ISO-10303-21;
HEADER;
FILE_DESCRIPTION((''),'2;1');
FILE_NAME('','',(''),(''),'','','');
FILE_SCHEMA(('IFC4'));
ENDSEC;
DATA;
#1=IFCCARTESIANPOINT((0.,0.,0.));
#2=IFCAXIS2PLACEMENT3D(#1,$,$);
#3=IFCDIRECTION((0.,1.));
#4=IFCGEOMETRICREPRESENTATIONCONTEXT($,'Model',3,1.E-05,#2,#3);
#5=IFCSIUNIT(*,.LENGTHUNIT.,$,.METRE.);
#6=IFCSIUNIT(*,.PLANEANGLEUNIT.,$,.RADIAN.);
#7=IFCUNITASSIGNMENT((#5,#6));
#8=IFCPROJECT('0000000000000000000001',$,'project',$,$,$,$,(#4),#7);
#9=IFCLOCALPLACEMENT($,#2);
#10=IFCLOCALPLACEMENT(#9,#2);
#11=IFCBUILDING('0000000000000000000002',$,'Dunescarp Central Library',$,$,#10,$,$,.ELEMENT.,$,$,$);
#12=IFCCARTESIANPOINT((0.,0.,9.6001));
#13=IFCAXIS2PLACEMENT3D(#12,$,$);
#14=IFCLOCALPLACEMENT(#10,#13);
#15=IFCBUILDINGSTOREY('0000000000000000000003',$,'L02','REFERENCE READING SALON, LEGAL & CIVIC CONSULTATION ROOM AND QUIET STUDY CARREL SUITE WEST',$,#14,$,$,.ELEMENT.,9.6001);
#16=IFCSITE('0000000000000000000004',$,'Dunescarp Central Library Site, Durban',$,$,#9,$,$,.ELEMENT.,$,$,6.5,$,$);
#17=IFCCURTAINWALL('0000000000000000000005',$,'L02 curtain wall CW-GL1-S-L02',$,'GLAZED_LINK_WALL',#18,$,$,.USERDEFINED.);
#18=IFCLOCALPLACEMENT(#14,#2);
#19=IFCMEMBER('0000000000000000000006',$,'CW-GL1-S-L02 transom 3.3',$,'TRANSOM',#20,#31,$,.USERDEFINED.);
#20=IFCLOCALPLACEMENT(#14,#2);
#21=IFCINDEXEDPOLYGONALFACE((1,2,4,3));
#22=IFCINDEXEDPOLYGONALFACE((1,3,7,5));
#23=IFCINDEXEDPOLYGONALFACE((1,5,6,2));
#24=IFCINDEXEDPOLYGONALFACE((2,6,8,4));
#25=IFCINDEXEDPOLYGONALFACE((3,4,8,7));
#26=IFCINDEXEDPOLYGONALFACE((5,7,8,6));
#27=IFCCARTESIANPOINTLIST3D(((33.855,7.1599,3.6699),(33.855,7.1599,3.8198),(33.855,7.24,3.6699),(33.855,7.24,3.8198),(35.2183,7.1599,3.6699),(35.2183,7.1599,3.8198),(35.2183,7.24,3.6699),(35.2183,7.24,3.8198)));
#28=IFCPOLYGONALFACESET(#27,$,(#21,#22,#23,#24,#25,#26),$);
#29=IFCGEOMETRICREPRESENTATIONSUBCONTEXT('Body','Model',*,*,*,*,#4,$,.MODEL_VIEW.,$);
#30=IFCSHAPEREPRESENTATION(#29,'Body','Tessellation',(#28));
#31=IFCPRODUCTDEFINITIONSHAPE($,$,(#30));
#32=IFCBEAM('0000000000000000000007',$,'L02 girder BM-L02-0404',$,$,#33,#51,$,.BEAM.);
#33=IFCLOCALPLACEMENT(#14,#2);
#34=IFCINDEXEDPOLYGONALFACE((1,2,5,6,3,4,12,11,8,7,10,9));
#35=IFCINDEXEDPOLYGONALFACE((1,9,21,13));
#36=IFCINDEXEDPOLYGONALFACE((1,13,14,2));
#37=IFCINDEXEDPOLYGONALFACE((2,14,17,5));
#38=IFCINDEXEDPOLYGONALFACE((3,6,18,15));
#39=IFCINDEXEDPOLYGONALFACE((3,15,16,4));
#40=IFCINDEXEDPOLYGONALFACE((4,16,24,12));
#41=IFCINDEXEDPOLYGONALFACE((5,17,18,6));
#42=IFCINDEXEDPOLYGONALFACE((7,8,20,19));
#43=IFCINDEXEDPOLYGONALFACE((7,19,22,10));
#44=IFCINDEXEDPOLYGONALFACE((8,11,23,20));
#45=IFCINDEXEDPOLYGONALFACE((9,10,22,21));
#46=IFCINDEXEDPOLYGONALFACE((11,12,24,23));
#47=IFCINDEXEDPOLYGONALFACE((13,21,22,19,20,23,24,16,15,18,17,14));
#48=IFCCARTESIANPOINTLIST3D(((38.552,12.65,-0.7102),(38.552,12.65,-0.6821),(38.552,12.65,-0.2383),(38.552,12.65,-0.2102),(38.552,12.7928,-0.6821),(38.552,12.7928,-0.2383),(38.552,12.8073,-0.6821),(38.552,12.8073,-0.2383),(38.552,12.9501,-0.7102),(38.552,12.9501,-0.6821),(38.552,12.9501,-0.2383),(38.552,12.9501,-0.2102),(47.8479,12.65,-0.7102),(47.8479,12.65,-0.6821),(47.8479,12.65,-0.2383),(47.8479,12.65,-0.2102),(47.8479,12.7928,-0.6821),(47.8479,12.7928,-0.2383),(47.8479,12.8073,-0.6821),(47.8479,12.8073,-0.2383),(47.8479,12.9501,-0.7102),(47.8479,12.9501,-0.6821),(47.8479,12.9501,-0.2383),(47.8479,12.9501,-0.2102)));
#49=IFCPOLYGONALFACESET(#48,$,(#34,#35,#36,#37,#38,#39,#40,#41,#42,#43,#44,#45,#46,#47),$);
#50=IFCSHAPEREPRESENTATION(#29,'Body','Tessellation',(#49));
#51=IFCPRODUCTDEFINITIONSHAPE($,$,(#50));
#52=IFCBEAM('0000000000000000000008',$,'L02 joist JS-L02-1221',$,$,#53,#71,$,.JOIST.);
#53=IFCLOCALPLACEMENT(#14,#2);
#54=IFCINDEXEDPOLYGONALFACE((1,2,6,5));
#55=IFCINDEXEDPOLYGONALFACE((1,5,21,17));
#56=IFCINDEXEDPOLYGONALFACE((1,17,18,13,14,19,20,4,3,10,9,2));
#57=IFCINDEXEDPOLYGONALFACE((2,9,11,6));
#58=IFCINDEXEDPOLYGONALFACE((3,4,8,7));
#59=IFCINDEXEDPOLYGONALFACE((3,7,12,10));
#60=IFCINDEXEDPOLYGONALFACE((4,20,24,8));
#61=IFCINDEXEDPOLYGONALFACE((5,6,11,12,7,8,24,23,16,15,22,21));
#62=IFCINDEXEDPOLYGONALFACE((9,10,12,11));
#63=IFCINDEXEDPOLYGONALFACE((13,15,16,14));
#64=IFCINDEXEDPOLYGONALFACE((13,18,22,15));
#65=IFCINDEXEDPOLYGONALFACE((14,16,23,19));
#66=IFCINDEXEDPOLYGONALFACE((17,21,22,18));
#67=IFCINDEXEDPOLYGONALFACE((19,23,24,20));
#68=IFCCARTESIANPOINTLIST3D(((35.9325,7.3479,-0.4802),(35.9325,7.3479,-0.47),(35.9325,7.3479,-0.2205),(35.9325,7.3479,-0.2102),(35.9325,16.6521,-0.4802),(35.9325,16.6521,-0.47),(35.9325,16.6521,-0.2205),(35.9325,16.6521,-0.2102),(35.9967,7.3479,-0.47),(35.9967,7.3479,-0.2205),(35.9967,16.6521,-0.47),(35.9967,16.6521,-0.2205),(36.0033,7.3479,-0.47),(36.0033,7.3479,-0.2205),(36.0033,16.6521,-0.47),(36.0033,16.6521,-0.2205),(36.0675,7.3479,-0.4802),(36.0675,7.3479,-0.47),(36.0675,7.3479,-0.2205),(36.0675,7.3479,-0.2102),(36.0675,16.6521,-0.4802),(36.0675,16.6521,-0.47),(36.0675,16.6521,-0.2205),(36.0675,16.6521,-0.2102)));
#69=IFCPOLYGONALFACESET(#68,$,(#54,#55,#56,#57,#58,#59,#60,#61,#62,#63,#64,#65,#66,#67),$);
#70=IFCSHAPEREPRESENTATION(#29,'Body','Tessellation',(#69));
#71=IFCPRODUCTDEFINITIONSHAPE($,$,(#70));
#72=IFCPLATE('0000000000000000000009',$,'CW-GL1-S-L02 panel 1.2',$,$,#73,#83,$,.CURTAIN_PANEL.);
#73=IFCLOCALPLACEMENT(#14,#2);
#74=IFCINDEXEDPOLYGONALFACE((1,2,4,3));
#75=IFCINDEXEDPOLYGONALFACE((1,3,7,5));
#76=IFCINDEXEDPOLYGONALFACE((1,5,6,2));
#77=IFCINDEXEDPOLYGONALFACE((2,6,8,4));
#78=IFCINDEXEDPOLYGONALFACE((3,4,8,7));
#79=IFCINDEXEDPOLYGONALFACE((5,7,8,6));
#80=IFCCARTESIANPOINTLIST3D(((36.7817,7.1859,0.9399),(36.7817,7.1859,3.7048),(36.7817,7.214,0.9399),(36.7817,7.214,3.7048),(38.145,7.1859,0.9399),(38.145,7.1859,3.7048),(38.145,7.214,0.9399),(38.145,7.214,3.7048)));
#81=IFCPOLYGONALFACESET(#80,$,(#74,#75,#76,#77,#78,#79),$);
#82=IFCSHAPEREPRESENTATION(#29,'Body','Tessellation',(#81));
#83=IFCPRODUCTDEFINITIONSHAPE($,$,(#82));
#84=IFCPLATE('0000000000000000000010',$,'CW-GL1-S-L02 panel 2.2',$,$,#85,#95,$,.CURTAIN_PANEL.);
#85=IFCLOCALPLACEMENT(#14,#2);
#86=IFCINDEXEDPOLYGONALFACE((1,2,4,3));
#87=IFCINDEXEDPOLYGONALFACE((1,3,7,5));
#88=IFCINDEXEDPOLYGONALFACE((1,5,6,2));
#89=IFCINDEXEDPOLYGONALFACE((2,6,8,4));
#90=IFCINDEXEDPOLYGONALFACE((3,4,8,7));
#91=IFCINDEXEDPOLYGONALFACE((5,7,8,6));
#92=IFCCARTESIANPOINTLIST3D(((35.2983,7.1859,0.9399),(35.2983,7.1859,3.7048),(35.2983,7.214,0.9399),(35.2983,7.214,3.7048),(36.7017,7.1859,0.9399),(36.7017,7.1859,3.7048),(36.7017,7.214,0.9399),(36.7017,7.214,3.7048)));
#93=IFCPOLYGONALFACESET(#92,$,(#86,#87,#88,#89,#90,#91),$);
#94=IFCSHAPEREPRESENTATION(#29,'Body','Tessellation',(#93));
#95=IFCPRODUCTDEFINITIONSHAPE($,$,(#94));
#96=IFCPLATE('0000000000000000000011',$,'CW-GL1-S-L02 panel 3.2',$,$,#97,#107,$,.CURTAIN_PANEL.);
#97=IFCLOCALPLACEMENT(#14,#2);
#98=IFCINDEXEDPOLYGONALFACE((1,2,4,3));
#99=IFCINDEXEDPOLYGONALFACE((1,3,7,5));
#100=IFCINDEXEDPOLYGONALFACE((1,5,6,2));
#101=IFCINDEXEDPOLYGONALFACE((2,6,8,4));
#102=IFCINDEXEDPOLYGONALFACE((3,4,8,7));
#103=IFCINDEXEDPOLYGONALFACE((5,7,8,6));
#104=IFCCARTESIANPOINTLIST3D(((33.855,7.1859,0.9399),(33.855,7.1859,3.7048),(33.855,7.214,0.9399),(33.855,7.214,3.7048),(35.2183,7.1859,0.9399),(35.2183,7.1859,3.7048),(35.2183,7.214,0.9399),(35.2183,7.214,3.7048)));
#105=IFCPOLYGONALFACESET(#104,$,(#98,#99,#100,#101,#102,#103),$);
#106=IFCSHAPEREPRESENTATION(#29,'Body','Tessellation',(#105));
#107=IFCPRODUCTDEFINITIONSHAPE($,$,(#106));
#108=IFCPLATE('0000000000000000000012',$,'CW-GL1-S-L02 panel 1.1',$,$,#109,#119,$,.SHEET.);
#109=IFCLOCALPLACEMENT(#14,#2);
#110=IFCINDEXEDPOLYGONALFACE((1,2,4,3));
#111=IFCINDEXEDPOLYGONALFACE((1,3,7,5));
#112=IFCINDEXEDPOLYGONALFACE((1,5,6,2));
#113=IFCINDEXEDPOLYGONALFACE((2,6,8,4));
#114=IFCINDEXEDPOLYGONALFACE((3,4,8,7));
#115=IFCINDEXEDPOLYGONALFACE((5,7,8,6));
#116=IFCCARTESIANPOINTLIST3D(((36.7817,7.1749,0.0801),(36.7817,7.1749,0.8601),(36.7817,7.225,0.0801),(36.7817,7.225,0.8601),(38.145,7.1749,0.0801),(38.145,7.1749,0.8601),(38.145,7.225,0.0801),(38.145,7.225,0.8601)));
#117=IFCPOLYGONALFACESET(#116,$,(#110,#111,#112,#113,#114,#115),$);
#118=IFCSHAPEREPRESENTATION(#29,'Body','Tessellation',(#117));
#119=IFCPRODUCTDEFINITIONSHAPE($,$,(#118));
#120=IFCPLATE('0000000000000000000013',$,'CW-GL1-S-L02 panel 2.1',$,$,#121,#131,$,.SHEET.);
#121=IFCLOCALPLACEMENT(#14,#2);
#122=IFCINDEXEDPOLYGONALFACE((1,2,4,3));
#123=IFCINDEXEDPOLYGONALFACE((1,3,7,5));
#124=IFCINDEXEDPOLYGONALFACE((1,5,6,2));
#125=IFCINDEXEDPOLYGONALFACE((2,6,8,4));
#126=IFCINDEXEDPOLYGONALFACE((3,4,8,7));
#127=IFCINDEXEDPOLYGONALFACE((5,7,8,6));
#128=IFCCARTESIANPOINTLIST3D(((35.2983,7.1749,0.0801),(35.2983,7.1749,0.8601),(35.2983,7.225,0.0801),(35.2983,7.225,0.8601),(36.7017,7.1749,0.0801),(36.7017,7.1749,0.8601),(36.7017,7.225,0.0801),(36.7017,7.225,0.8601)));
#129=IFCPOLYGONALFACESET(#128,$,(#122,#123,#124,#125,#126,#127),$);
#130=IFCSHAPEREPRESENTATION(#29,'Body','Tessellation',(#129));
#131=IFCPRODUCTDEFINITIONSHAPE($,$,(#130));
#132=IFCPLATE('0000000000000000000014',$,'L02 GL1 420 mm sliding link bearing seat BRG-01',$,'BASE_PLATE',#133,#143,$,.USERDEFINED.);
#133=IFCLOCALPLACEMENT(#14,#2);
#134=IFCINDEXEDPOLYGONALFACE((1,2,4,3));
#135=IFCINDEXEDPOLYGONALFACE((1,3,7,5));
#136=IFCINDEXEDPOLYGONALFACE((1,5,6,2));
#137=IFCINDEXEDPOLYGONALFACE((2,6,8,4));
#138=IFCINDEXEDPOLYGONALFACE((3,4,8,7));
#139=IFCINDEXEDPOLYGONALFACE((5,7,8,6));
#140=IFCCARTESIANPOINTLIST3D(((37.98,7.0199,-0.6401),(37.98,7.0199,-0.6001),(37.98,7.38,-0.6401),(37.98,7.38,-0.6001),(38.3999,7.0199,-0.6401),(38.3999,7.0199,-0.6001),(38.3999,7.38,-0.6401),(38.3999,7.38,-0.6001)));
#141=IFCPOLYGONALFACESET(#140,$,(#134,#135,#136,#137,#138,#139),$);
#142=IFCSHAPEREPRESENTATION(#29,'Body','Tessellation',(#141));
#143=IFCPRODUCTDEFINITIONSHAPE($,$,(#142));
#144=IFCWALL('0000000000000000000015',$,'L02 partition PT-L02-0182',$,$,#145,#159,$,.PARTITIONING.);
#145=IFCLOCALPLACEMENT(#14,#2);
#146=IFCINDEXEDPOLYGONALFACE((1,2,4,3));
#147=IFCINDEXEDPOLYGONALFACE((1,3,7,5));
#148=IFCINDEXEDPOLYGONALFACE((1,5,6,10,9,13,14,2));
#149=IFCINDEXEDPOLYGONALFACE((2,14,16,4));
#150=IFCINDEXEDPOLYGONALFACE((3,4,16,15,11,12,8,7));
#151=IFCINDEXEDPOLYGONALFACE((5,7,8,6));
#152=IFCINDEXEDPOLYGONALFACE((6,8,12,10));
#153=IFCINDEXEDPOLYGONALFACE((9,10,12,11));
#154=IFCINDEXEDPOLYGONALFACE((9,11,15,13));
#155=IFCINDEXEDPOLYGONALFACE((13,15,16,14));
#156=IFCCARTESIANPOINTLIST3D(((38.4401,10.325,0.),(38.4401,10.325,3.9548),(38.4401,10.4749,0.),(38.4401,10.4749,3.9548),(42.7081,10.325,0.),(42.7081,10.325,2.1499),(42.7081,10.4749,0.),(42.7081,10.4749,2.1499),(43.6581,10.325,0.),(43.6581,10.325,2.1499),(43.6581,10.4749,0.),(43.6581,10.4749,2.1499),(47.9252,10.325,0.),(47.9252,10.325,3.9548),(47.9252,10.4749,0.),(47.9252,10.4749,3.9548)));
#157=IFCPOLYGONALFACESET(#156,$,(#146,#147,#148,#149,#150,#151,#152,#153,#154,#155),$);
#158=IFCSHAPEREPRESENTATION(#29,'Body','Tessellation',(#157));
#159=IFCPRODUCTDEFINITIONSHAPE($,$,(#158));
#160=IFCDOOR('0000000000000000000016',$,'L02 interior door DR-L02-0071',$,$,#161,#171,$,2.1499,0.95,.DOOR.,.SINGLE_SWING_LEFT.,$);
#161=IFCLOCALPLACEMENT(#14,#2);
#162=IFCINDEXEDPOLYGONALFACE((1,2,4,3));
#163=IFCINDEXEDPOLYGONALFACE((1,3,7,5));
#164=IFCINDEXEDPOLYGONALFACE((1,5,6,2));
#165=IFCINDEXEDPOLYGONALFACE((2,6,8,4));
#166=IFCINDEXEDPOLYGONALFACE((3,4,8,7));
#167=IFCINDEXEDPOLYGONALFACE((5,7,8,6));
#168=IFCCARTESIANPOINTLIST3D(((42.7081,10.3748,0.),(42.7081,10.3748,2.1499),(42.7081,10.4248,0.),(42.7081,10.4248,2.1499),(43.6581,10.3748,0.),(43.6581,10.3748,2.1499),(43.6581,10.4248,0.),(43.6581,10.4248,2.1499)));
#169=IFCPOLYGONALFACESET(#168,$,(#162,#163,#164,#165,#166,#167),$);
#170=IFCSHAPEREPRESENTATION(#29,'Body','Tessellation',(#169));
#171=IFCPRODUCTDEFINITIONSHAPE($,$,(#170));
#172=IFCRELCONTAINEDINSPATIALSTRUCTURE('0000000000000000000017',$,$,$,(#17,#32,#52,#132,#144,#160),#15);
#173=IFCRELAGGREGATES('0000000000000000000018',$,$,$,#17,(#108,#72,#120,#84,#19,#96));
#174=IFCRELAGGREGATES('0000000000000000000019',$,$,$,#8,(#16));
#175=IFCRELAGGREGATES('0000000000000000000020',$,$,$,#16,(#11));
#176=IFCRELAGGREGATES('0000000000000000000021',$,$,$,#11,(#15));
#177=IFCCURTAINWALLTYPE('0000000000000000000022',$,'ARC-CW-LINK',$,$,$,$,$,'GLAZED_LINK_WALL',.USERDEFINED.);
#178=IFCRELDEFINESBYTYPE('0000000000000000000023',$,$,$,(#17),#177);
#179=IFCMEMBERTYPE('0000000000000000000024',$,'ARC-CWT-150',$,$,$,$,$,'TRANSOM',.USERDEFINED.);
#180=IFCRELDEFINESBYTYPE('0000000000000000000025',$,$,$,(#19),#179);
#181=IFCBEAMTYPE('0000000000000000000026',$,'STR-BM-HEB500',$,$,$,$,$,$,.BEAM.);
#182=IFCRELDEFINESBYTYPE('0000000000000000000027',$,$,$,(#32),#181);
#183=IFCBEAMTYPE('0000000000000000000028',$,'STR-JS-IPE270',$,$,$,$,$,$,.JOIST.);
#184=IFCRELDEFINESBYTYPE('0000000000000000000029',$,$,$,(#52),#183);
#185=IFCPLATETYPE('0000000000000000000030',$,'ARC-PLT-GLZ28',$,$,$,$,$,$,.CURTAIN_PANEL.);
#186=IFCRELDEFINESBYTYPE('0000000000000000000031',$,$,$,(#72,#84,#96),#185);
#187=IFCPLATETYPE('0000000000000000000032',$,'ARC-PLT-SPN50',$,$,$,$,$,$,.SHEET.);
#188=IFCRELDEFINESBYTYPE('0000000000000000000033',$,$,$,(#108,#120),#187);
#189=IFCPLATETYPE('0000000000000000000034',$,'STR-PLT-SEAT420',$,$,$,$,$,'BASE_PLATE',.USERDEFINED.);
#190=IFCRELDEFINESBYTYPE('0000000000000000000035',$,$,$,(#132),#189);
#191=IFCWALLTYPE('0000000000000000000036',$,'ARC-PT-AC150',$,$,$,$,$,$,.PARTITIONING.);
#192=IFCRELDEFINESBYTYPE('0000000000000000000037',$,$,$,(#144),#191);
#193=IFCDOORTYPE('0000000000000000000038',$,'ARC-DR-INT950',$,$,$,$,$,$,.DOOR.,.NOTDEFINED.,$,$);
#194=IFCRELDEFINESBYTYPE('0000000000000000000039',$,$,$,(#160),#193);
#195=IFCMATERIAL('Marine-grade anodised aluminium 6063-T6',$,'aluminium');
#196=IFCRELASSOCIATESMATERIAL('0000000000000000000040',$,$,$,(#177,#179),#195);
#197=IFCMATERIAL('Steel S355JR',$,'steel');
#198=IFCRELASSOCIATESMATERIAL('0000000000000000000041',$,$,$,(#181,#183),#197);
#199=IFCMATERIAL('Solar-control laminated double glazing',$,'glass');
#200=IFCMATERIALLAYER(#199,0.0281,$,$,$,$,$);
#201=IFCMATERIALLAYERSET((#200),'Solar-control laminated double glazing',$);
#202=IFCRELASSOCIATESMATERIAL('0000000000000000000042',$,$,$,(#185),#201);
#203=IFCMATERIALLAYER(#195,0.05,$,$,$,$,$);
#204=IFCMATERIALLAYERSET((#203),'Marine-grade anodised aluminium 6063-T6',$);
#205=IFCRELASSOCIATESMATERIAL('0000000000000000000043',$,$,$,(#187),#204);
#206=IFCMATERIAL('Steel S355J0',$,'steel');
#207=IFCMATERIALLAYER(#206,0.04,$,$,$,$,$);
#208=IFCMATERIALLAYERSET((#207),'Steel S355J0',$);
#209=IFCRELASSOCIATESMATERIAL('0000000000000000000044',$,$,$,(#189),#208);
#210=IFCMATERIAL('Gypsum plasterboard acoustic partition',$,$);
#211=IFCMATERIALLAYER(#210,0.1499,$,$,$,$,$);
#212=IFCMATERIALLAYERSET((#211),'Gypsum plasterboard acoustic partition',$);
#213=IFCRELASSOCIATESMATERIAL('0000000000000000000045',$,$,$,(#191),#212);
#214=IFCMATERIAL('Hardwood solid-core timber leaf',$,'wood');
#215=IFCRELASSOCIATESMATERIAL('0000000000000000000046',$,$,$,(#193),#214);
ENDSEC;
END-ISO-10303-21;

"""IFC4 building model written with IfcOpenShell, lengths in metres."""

from ifc_helpers import new_model, si_unit, direction, frame, frame_2d, origin, origin_2d, place, context, subcontext, project, spatial, rectangle, i_section, extrude, material, layer, layer_set, material_profile, profile_set, type_object, element, fill, aggregate, save


model = new_model("IFC4")

# Units and contexts
model_context = context("Model", 3, precision=1e-05, world=origin(), true_north=direction((0.0, 1.0)))
body_context = subcontext(model_context, "Body", "Model", "MODEL_VIEW")
ifc_project = project(units=[si_unit("LENGTHUNIT", "METRE"), si_unit("PLANEANGLEUNIT", "RADIAN")], contexts=[model_context])

# Site, building, storey
site_placement = place(None, origin())
site = spatial("IfcSite", under=ifc_project, at=site_placement, Name="Dunescarp Central Library Site, Durban", CompositionType="ELEMENT", RefElevation=6.5)
building_placement = place(site_placement, origin())
building = spatial("IfcBuilding", under=site, at=building_placement, Name="Dunescarp Central Library", CompositionType="ELEMENT")
storey_placement = place(building_placement, frame((0.0, 0.0, 9.6001)))
storey = spatial("IfcBuildingStorey", under=building, at=storey_placement, Name="L02", Description="REFERENCE READING SALON, LEGAL & CIVIC CONSULTATION ROOM AND QUIET STUDY CARREL SUITE WEST", CompositionType="ELEMENT", Elevation=9.6001)

# Shared definitions
ifc_material_1 = material(Name="Steel S355JR", Category="steel")

# Curtain wall, member
ifc_material_2 = material(Name="Marine-grade anodised aluminium 6063-T6", Category="aluminium")
curtain_wall_type = type_object("IfcCurtainWallType", Name="ARC-CW-LINK", ElementType="GLAZED_LINK_WALL", PredefinedType="USERDEFINED", material=ifc_material_2)
curtain_wall_placement = place(storey_placement, origin())
curtain_wall = element("IfcCurtainWall", 1, at=curtain_wall_placement, inside=storey, type_object=curtain_wall_type, Name="L02 curtain wall CW-GL1-S-L02", ObjectType="GLAZED_LINK_WALL", PredefinedType="USERDEFINED")
ifc_material_profile_1 = material_profile(ifc_material_2, rectangle(XDim=0.0801, YDim=0.1499, at=origin_2d()), Name="AL 80x150")
ifc_profile_set_1 = profile_set([ifc_material_profile_1], Name="Marine-grade anodised aluminium 6063-T6")
member_type_1 = type_object("IfcMemberType", Name="ARC-CWT-150", ElementType="TRANSOM", PredefinedType="USERDEFINED", material=ifc_profile_set_1)
member_1_placement = place(storey_placement, frame((35.2183, 7.2, 3.7449), z_axis=(-1.0, 0.0, 0.0), x_axis=(0.0, -1.0, 0.0)))
member_1 = element("IfcMember", 2, at=member_1_placement, type_object=member_type_1, Name="CW-GL1-S-L02 transom 3.3", ObjectType="TRANSOM", PredefinedType="USERDEFINED", context=body_context, shape_type="SweptSolid", body=[
    extrude(rectangle(XDim=0.0801, YDim=0.1499, at=origin_2d()), origin(), (0.0, 0.0, 1.0), 1.3633),
])

# Beams
ifc_material_profile_2 = material_profile(ifc_material_1, i_section(OverallWidth=0.3, OverallDepth=0.5, WebThickness=0.0144, FlangeThickness=0.0281, at=origin_2d()), Name="HEB 500")
ifc_profile_set_2 = profile_set([ifc_material_profile_2], Name="Steel S355JR")
beam_type_1 = type_object("IfcBeamType", Name="STR-BM-HEB500", PredefinedType="BEAM", material=ifc_profile_set_2)
beam_1_placement = place(storey_placement, frame((38.552, 12.8, -0.4602), z_axis=(1.0, 0.0, 0.0), x_axis=(0.0, 1.0, 0.0)))
element("IfcBeam", 3, at=beam_1_placement, inside=storey, type_object=beam_type_1, Name="L02 girder BM-L02-0404", PredefinedType="BEAM", context=body_context, shape_type="SweptSolid", body=[
    extrude(i_section(OverallWidth=0.3, OverallDepth=0.5, WebThickness=0.0144, FlangeThickness=0.0281, at=origin_2d()), origin(), (0.0, 0.0, 1.0), 9.2959),
])
ifc_material_profile_3 = material_profile(ifc_material_1, i_section(OverallWidth=0.135, OverallDepth=0.27, WebThickness=0.0066, FlangeThickness=0.0103, at=origin_2d()), Name="IPE 270")
ifc_profile_set_3 = profile_set([ifc_material_profile_3], Name="Steel S355JR")
beam_type_2 = type_object("IfcBeamType", Name="STR-JS-IPE270", PredefinedType="JOIST", material=ifc_profile_set_3)
beam_2_placement = place(storey_placement, frame((36.0, 7.3479, -0.3452), z_axis=(0.0, 1.0, 0.0), x_axis=(-1.0, 0.0, 0.0)))
element("IfcBeam", 4, at=beam_2_placement, inside=storey, type_object=beam_type_2, Name="L02 joist JS-L02-1221", PredefinedType="JOIST", context=body_context, shape_type="SweptSolid", body=[
    extrude(i_section(OverallWidth=0.135, OverallDepth=0.27, WebThickness=0.0066, FlangeThickness=0.0103, at=origin_2d()), origin(), (0.0, 0.0, 1.0), 9.3042),
])

# Plates
ifc_material_3 = material(Name="Solar-control laminated double glazing", Category="glass")
ifc_layer_1 = layer(ifc_material_3, 0.0281)
ifc_layer_set_1 = layer_set([ifc_layer_1], Name="Solar-control laminated double glazing")
plate_type_1 = type_object("IfcPlateType", Name="ARC-PLT-GLZ28", PredefinedType="CURTAIN_PANEL", material=ifc_layer_set_1)
plate_1_placement = place(storey_placement, frame((37.4634, 7.2, 0.9399), z_axis=(0.0, 0.0, 1.0), x_axis=(-1.0, 0.0, 0.0)))
plate_1 = element("IfcPlate", 5, at=plate_1_placement, type_object=plate_type_1, Name="CW-GL1-S-L02 panel 1.2", PredefinedType="CURTAIN_PANEL", context=body_context, shape_type="SweptSolid", body=[
    extrude(rectangle(XDim=1.3633, YDim=0.0281, at=origin_2d()), origin(), (0.0, 0.0, 1.0), 2.7649),
])
plate_2_placement = place(storey_placement, frame((36.0, 7.2, 0.9399), z_axis=(0.0, 0.0, 1.0), x_axis=(-1.0, 0.0, 0.0)))
plate_2 = element("IfcPlate", 6, at=plate_2_placement, type_object=plate_type_1, Name="CW-GL1-S-L02 panel 2.2", PredefinedType="CURTAIN_PANEL", context=body_context, shape_type="SweptSolid", body=[
    extrude(rectangle(XDim=1.4033, YDim=0.0281, at=origin_2d()), origin(), (0.0, 0.0, 1.0), 2.7649),
])
plate_3_placement = place(storey_placement, frame((34.5366, 7.2, 0.9399), z_axis=(0.0, 0.0, 1.0), x_axis=(-1.0, 0.0, 0.0)))
plate_3 = element("IfcPlate", 7, at=plate_3_placement, type_object=plate_type_1, Name="CW-GL1-S-L02 panel 3.2", PredefinedType="CURTAIN_PANEL", context=body_context, shape_type="SweptSolid", body=[
    extrude(rectangle(XDim=1.3633, YDim=0.0281, at=origin_2d()), origin(), (0.0, 0.0, 1.0), 2.7649),
])
ifc_layer_2 = layer(ifc_material_2, 0.05)
ifc_layer_set_2 = layer_set([ifc_layer_2], Name="Marine-grade anodised aluminium 6063-T6")
plate_type_2 = type_object("IfcPlateType", Name="ARC-PLT-SPN50", PredefinedType="SHEET", material=ifc_layer_set_2)
plate_4_placement = place(storey_placement, frame((37.4634, 7.2, 0.0801), z_axis=(0.0, 0.0, 1.0), x_axis=(-1.0, 0.0, 0.0)))
plate_4 = element("IfcPlate", 8, at=plate_4_placement, type_object=plate_type_2, Name="CW-GL1-S-L02 panel 1.1", PredefinedType="SHEET", context=body_context, shape_type="SweptSolid", body=[
    extrude(rectangle(XDim=1.3633, YDim=0.05, at=origin_2d()), origin(), (0.0, 0.0, 1.0), 0.78),
])
plate_5_placement = place(storey_placement, frame((36.0, 7.2, 0.0801), z_axis=(0.0, 0.0, 1.0), x_axis=(-1.0, 0.0, 0.0)))
plate_5 = element("IfcPlate", 9, at=plate_5_placement, type_object=plate_type_2, Name="CW-GL1-S-L02 panel 2.1", PredefinedType="SHEET", context=body_context, shape_type="SweptSolid", body=[
    extrude(rectangle(XDim=1.4033, YDim=0.05, at=origin_2d()), origin(), (0.0, 0.0, 1.0), 0.78),
])
aggregate(curtain_wall, [plate_4, plate_1, plate_5, plate_2, member_1, plate_3])
ifc_material_4 = material(Name="Steel S355J0", Category="steel")
ifc_layer_3 = layer(ifc_material_4, 0.04)
ifc_layer_set_3 = layer_set([ifc_layer_3], Name="Steel S355J0")
plate_type_3 = type_object("IfcPlateType", Name="STR-PLT-SEAT420", ElementType="BASE_PLATE", PredefinedType="USERDEFINED", material=ifc_layer_set_3)
plate_6_placement = place(storey_placement, frame((38.1899, 7.2, -0.6401), z_axis=(0.0, 0.0, 1.0), x_axis=(1.0, 0.0, 0.0)))
element("IfcPlate", 10, at=plate_6_placement, inside=storey, type_object=plate_type_3, Name="L02 GL1 420 mm sliding link bearing seat BRG-01", ObjectType="BASE_PLATE", PredefinedType="USERDEFINED", context=body_context, shape_type="SweptSolid", body=[
    extrude(rectangle(XDim=0.4199, YDim=0.3601, at=origin_2d()), origin(), (0.0, 0.0, 1.0), 0.04),
])

# Wall, opening, door
ifc_material_5 = material(Name="Gypsum plasterboard acoustic partition")
ifc_layer_4 = layer(ifc_material_5, 0.1499)
ifc_layer_set_4 = layer_set([ifc_layer_4], Name="Gypsum plasterboard acoustic partition")
wall_type_1 = type_object("IfcWallType", Name="ARC-PT-AC150", PredefinedType="PARTITIONING", material=ifc_layer_set_4)
wall_placement = place(storey_placement, frame((38.4399, 10.3999, 0.0), z_axis=(0.0, 0.0, 1.0), x_axis=(1.0, 0.0, 0.0)))
wall = element("IfcWall", 11, at=wall_placement, inside=storey, type_object=wall_type_1, Name="L02 partition PT-L02-0182", PredefinedType="PARTITIONING", context=body_context, shape_type="SweptSolid", body=[
    extrude(rectangle(XDim=9.4851, YDim=0.1499, at=frame_2d((4.7427, 0.0))), origin(), (0.0, 0.0, 1.0), 3.9548),
])
opening_placement = place(wall_placement, frame((4.2681, 0.0, 0.0)))
opening = element("IfcOpeningElement", 12, at=opening_placement, cuts=wall, PredefinedType="OPENING", context=body_context, shape_type="SweptSolid", body=[
    extrude(rectangle(XDim=0.95, YDim=2.1499, at=frame_2d((0.4751, 1.075))), frame((0.0, 0.085, 0.0), z_axis=(0.0, -1.0, 0.0), x_axis=(1.0, 0.0, 0.0)), (0.0, 0.0, 1.0), 0.1699),
])
ifc_material_6 = material(Name="Hardwood solid-core timber leaf", Category="wood")
door_type = type_object("IfcDoorType", Name="ARC-DR-INT950", OperationType="NOTDEFINED", PredefinedType="DOOR", material=ifc_material_6)
door_placement = place(opening_placement, origin())
door = element("IfcDoor", 13, at=door_placement, inside=storey, type_object=door_type, Name="L02 interior door DR-L02-0071", OperationType="SINGLE_SWING_LEFT", OverallHeight=2.1499, OverallWidth=0.95, PredefinedType="DOOR", context=body_context, shape_type="SweptSolid", body=[
    extrude(rectangle(XDim=0.95, YDim=2.1499, at=frame_2d((0.4751, 1.075))), frame((0.0, 0.0249, 0.0), z_axis=(0.0, -1.0, 0.0), x_axis=(1.0, 0.0, 0.0)), (0.0, 0.0, 1.0), 0.05),
])
fill(opening, door)

save(model, "model.ifc")
